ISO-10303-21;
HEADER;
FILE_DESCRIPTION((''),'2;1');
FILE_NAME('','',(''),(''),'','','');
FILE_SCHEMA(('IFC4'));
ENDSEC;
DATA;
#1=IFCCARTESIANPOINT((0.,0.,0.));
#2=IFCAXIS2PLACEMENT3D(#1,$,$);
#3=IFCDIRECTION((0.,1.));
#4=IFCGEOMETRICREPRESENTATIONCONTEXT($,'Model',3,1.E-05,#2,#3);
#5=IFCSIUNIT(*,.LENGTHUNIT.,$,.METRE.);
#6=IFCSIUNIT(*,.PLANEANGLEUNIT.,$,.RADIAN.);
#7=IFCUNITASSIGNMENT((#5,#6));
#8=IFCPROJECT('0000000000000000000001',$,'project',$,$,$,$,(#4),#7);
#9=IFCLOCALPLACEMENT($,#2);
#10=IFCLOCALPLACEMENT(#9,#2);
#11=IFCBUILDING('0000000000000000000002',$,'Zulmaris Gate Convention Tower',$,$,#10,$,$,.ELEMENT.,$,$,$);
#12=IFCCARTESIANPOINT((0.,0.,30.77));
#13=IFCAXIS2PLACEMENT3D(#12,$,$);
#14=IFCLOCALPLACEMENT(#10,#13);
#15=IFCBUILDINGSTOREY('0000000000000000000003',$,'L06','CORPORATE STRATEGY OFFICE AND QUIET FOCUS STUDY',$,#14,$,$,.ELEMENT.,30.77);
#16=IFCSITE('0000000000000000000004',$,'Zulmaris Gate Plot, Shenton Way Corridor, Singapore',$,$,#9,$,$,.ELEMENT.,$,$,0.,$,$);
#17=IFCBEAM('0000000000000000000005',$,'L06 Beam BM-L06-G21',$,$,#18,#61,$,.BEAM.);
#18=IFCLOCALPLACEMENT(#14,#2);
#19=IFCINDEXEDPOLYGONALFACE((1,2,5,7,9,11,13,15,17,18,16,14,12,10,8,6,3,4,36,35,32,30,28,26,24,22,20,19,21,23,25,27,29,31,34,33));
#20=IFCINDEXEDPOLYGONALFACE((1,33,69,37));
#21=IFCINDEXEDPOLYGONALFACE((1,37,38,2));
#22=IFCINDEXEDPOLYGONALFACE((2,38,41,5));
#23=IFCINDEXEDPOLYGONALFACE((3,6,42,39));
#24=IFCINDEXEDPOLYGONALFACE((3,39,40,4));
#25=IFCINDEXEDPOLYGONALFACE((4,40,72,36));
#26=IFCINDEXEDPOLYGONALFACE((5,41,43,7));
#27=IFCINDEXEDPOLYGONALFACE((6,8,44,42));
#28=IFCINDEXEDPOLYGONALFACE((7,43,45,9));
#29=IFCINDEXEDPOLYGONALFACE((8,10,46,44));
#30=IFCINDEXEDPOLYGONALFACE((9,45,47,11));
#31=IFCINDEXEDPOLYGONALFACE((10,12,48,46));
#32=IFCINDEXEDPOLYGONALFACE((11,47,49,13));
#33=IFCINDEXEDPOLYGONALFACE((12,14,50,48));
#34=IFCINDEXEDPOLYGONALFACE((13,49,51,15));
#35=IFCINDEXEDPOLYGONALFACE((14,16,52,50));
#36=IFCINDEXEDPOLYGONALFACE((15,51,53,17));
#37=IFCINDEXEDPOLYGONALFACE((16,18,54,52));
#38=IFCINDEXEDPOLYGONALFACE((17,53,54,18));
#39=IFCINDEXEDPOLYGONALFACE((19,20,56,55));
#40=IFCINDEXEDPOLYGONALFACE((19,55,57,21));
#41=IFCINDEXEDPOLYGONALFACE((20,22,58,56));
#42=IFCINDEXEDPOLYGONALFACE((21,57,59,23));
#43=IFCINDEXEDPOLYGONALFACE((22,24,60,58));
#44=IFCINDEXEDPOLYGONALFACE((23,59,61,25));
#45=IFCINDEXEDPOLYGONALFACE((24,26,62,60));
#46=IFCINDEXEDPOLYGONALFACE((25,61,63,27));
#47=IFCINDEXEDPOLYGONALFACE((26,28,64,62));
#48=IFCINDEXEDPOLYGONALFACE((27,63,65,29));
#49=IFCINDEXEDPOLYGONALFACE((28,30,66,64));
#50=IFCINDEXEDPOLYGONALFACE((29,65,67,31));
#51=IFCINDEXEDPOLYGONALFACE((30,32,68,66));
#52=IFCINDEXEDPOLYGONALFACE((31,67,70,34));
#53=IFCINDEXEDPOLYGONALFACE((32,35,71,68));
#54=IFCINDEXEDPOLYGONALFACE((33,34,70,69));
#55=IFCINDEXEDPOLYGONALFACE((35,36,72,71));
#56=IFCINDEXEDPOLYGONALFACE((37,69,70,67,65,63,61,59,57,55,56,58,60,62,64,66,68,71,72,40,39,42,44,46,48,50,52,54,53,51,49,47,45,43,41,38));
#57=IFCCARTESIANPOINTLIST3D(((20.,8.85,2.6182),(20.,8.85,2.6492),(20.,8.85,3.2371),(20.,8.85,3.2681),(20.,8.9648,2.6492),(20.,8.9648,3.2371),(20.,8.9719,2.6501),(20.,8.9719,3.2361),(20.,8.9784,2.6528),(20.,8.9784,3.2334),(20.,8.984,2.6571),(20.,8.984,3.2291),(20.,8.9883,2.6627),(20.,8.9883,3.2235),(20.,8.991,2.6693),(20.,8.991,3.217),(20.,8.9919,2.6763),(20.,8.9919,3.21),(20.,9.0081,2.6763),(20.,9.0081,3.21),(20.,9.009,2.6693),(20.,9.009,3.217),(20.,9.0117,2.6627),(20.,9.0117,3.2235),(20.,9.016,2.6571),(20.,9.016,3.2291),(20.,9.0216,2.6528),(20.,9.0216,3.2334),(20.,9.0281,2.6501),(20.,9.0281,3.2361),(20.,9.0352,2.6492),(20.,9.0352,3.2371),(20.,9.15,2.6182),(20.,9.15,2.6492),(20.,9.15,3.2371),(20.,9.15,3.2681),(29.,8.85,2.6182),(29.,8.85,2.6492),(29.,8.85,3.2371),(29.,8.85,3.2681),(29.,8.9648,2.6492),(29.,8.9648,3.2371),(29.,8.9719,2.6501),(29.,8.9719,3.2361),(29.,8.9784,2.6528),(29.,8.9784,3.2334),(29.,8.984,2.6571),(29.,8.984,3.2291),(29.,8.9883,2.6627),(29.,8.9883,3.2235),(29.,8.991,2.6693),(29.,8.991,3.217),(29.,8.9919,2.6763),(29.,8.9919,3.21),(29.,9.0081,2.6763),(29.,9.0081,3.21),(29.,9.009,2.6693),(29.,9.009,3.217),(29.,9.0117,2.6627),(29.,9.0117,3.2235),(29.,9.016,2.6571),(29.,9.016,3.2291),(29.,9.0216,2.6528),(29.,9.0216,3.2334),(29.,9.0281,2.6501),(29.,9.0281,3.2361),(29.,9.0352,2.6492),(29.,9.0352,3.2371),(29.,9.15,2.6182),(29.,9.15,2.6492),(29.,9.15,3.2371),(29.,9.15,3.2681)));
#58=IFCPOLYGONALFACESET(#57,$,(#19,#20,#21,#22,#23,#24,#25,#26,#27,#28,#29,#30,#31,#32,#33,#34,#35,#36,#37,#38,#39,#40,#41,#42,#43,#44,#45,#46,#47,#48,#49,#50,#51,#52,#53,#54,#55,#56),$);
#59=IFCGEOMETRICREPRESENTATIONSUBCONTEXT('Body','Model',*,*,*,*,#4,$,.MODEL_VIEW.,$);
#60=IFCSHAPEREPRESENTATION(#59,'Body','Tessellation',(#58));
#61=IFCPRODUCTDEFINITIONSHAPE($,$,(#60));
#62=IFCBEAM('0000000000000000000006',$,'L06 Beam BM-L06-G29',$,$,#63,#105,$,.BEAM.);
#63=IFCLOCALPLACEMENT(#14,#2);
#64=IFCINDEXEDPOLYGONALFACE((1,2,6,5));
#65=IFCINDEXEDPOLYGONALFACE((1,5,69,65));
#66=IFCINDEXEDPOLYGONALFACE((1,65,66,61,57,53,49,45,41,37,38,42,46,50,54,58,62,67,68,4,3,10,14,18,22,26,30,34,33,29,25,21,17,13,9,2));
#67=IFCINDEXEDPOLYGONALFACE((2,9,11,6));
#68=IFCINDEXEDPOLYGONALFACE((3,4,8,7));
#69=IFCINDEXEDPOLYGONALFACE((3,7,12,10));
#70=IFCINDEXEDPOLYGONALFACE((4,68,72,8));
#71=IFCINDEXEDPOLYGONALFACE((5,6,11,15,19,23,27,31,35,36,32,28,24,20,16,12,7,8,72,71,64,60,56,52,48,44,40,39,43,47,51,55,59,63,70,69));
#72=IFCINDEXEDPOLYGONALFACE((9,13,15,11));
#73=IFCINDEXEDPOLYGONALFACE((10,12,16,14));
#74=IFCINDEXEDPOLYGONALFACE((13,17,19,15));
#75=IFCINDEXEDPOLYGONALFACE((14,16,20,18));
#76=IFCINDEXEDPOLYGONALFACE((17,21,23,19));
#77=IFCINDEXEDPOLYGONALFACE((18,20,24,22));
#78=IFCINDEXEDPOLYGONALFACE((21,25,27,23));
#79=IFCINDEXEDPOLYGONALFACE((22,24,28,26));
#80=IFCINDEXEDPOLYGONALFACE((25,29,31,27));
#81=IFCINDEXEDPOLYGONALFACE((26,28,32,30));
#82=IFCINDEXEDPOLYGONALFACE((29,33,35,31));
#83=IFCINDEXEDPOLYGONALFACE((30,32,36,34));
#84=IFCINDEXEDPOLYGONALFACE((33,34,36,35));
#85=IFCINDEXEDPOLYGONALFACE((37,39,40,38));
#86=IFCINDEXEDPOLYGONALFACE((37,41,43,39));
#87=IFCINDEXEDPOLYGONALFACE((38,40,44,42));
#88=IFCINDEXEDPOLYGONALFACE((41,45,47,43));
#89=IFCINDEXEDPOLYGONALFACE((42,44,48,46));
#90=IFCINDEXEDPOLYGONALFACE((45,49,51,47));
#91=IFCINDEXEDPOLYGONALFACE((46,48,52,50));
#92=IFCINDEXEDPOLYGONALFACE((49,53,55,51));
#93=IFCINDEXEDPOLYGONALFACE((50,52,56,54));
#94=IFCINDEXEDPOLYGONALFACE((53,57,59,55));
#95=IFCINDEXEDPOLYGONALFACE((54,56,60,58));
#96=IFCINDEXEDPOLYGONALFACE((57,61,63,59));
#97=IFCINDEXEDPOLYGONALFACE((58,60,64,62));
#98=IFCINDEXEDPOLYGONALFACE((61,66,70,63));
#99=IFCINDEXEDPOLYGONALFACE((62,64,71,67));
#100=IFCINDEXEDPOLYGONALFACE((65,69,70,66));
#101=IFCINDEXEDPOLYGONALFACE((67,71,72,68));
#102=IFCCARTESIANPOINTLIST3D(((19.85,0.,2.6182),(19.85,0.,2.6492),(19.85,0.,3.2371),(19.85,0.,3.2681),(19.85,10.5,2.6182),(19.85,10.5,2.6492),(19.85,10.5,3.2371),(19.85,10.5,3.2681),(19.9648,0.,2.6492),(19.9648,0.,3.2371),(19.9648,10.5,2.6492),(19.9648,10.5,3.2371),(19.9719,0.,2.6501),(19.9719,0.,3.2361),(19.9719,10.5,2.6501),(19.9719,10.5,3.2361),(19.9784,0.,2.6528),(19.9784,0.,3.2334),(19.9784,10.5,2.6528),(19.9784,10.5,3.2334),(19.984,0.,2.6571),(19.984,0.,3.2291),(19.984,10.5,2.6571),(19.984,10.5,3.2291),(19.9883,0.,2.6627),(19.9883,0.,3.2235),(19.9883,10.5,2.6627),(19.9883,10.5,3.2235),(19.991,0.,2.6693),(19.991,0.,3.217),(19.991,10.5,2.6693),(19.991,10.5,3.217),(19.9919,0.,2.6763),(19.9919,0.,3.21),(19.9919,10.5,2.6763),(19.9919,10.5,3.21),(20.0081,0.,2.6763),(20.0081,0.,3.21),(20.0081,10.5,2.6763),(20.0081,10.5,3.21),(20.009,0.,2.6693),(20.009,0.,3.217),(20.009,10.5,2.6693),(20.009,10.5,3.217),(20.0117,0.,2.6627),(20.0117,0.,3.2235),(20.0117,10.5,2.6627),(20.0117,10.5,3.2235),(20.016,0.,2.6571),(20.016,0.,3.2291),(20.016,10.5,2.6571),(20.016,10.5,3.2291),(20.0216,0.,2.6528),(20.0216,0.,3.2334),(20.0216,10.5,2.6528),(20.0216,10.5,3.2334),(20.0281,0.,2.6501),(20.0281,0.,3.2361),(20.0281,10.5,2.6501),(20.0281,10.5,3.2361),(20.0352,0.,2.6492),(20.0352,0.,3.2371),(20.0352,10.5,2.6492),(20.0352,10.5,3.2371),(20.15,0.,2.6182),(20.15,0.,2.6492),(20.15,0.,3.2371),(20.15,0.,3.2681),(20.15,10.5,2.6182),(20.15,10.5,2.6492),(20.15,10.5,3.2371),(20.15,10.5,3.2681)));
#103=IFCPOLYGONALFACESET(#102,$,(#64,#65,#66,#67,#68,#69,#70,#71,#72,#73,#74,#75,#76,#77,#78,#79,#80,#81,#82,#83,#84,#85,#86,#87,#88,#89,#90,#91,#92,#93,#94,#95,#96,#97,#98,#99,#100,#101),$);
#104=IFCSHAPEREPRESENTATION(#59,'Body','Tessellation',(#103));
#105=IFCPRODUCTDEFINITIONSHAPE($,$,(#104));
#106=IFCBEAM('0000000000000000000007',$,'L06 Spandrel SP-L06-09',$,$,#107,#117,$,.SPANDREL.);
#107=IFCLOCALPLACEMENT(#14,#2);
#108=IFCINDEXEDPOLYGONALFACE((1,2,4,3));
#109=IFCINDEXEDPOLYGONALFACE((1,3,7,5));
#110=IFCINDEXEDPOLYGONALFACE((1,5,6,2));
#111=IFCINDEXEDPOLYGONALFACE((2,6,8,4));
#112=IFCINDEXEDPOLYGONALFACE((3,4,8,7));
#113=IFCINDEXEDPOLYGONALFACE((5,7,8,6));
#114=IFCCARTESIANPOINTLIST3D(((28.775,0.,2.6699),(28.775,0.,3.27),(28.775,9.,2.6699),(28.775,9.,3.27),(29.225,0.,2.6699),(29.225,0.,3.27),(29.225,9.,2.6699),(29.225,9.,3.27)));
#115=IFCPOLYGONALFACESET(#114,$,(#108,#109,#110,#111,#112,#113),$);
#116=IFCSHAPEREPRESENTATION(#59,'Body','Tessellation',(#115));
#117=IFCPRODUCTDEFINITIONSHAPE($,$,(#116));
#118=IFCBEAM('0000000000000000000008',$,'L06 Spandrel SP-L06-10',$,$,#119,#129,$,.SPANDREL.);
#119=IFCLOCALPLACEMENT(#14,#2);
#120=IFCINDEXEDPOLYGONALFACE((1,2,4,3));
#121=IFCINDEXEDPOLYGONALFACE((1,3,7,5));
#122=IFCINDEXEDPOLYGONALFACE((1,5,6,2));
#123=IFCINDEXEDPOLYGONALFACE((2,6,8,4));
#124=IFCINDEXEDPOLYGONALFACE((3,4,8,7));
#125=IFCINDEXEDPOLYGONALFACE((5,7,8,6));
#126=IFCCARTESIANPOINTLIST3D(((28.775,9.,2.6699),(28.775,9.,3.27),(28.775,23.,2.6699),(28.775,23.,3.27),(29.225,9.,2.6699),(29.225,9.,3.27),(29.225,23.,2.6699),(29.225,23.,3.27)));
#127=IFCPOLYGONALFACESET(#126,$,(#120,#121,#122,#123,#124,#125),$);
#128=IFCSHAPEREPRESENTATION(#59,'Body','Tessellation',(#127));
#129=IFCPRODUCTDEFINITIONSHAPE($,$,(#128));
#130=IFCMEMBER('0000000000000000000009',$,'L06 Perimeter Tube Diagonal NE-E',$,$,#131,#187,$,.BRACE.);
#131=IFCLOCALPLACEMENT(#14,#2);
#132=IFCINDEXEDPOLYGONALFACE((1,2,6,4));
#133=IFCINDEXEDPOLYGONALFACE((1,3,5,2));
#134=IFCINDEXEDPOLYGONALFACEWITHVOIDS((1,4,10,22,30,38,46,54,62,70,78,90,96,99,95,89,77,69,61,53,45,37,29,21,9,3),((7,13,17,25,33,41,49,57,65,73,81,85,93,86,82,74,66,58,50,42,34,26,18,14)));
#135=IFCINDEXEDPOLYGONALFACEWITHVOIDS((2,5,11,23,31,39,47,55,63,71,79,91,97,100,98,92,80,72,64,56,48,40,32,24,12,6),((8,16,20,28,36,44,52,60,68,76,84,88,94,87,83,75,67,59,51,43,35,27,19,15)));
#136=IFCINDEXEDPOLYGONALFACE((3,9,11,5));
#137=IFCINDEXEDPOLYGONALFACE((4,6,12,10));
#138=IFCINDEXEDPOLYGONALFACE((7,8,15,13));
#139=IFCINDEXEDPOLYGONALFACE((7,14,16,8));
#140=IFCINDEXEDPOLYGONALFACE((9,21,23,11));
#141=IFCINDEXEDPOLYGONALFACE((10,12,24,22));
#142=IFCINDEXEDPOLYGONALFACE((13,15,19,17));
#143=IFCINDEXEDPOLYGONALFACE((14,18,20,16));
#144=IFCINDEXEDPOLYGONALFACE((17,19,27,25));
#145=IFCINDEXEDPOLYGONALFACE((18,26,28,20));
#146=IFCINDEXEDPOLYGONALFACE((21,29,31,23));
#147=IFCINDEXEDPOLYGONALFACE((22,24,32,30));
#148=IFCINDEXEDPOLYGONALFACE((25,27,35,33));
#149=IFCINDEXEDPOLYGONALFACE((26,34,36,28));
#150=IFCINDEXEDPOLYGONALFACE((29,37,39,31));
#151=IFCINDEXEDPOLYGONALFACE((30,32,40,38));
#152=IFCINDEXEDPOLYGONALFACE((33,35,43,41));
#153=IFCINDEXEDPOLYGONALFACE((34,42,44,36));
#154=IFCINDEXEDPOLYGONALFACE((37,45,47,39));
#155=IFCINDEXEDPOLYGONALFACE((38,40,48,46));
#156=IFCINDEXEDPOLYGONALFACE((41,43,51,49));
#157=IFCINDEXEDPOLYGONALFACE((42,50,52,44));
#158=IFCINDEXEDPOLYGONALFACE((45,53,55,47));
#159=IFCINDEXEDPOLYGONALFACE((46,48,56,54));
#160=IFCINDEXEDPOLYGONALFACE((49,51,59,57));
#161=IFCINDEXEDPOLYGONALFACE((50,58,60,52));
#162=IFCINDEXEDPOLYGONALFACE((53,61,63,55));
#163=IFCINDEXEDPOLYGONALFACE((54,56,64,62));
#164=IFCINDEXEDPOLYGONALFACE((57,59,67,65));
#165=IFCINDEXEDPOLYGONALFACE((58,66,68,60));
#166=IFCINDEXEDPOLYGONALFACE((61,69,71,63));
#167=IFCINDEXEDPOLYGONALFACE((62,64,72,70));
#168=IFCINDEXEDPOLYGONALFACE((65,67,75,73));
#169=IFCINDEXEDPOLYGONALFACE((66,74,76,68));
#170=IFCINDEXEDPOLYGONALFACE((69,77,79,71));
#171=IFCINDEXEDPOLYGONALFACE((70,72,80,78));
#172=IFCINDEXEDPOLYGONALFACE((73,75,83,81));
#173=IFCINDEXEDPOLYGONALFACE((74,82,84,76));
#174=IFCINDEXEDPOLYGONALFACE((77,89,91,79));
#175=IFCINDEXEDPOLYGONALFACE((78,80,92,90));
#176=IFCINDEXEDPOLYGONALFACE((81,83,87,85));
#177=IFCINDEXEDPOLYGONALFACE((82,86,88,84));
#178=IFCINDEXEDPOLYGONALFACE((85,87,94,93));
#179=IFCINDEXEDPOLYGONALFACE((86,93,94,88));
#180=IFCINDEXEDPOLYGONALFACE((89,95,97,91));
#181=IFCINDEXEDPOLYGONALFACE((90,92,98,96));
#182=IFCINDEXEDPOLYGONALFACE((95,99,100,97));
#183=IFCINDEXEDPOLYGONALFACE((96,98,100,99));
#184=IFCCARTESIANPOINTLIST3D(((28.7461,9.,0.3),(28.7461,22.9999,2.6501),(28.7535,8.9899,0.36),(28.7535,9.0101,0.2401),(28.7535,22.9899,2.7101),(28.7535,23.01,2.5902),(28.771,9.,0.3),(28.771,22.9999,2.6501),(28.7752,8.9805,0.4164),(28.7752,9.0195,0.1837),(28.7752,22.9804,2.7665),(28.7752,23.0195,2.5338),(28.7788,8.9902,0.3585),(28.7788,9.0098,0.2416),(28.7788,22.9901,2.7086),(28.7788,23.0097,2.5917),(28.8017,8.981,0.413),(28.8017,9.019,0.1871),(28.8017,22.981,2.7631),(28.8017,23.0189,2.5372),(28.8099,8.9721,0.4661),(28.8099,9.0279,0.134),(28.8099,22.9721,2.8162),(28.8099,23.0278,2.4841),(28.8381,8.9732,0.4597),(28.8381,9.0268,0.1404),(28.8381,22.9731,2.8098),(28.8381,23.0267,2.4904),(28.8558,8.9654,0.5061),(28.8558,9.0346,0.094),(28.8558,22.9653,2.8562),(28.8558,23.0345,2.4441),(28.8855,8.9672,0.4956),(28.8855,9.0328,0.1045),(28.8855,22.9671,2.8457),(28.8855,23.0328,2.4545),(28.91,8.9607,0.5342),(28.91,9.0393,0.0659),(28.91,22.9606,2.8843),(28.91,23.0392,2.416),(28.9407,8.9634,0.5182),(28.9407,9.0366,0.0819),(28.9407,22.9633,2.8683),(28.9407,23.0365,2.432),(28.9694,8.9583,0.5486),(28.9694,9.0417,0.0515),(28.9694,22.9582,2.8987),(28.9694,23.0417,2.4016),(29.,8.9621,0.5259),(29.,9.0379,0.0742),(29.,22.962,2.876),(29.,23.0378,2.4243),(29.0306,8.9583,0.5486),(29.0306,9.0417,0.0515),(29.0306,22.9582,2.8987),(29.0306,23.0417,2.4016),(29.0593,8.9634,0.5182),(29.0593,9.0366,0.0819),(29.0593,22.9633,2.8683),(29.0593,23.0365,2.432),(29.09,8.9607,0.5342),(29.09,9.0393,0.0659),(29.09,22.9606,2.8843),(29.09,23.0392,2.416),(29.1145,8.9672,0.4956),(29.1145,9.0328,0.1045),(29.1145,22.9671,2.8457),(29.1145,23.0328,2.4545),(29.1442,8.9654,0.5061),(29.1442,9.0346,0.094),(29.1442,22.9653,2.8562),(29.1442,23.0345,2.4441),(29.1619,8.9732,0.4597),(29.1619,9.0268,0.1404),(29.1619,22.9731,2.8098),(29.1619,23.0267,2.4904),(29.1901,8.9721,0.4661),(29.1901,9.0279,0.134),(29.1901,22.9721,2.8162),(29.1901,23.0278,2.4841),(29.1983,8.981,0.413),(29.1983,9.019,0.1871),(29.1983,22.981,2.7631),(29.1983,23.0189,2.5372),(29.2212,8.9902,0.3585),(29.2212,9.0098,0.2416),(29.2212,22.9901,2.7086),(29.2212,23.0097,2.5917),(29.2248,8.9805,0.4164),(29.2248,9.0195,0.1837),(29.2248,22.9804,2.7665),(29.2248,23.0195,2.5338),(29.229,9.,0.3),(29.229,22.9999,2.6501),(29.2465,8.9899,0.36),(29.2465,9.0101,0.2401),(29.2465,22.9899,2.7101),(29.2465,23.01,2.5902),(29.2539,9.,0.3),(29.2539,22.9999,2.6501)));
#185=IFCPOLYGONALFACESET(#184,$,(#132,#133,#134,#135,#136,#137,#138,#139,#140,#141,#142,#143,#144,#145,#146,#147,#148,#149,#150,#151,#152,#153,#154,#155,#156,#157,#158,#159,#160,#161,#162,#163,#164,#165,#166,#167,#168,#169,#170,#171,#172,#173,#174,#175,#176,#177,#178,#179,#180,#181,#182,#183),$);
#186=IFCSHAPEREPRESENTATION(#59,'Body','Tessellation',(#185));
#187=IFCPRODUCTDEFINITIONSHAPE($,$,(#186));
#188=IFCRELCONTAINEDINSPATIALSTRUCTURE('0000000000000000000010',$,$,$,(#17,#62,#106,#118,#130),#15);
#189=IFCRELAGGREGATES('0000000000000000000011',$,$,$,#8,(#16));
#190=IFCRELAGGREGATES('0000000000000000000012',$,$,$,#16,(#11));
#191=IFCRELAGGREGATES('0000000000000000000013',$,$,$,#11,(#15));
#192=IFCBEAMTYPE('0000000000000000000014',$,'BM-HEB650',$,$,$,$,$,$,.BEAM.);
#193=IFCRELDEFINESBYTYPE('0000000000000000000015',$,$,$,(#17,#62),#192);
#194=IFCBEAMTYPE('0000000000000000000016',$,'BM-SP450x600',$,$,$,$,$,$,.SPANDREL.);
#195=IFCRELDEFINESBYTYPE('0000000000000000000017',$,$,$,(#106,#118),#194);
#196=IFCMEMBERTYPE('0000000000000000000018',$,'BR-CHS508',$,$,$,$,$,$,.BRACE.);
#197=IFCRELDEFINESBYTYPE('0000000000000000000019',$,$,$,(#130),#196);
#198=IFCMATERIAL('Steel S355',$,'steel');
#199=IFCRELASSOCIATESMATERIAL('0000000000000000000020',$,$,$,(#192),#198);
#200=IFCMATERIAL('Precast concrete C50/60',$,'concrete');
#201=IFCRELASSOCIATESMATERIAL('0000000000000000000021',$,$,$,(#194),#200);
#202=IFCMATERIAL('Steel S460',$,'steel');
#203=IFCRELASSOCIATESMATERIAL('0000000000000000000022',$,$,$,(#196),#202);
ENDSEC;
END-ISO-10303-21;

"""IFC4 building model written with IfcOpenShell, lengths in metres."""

from ifc_helpers import new_model, si_unit, direction, frame, origin, origin_2d, place, context, subcontext, project, spatial, rectangle, hollow_circle, i_section, extrude, material, material_profile, profile_set, type_object, element, save


model = new_model("IFC4")

# Units and contexts
model_context = context("Model", 3, precision=1e-05, world=origin(), true_north=direction((0.0, 1.0)))
body_context = subcontext(model_context, "Body", "Model", "MODEL_VIEW")
ifc_project = project(units=[si_unit("LENGTHUNIT", "METRE"), si_unit("PLANEANGLEUNIT", "RADIAN")], contexts=[model_context])

# Site, building, storey
site_placement = place(None, origin())
site = spatial("IfcSite", under=ifc_project, at=site_placement, Name="Zulmaris Gate Plot, Shenton Way Corridor, Singapore", CompositionType="ELEMENT", RefElevation=0.0)
building_placement = place(site_placement, origin())
building = spatial("IfcBuilding", under=site, at=building_placement, Name="Zulmaris Gate Convention Tower", CompositionType="ELEMENT")
storey_placement = place(building_placement, frame((0.0, 0.0, 30.77)))
storey = spatial("IfcBuildingStorey", under=building, at=storey_placement, Name="L06", Description="CORPORATE STRATEGY OFFICE AND QUIET FOCUS STUDY", CompositionType="ELEMENT", Elevation=30.77)

# Beams
ifc_material_1 = material(Name="Steel S355", Category="steel")
ifc_material_profile_1 = material_profile(ifc_material_1, i_section(OverallWidth=0.3, OverallDepth=0.6499, WebThickness=0.0161, FlangeThickness=0.031, FilletRadius=0.0271, at=origin_2d()), Name="HEB 650")
ifc_profile_set_1 = profile_set([ifc_material_profile_1], Name="Steel S355")
beam_type_1 = type_object("IfcBeamType", Name="BM-HEB650", PredefinedType="BEAM", material=ifc_profile_set_1)
for number, where, z_axis, x_axis, name in (
    (1, (20.0, 9.0, 2.9431), (1.0, 0.0, 0.0), (0.0, 1.0, 0.0), "L06 Beam BM-L06-G21"),
):
    element("IfcBeam", number, at=place(storey_placement, frame(where, z_axis=z_axis, x_axis=x_axis)), inside=storey, type_object=beam_type_1, Name=name, PredefinedType="BEAM", context=body_context, shape_type="SweptSolid", body=[
        extrude(i_section(OverallWidth=0.3, OverallDepth=0.6499, WebThickness=0.0161, FlangeThickness=0.031, FilletRadius=0.0271, at=origin_2d()), origin(), (0.0, 0.0, 1.0), 9.0),
    ])
beam_1_placement = place(storey_placement, frame((20.0, 0.0, 2.9431), z_axis=(0.0, 1.0, 0.0), x_axis=(-1.0, 0.0, 0.0)))
element("IfcBeam", 2, at=beam_1_placement, inside=storey, type_object=beam_type_1, Name="L06 Beam BM-L06-G29", PredefinedType="BEAM", context=body_context, shape_type="SweptSolid", body=[
    extrude(i_section(OverallWidth=0.3, OverallDepth=0.6499, WebThickness=0.0161, FlangeThickness=0.031, FilletRadius=0.0271, at=origin_2d()), origin(), (0.0, 0.0, 1.0), 10.5),
])
ifc_material_2 = material(Name="Precast concrete C50/60", Category="concrete")
ifc_material_profile_2 = material_profile(ifc_material_2, rectangle(XDim=0.45, YDim=0.6001, at=origin_2d()), Name="RC SPANDREL 450x600")
ifc_profile_set_2 = profile_set([ifc_material_profile_2], Name="Precast concrete C50/60")
beam_type_2 = type_object("IfcBeamType", Name="BM-SP450x600", PredefinedType="SPANDREL", material=ifc_profile_set_2)
beam_2_placement = place(storey_placement, frame((29.0, 0.0, 2.97), z_axis=(0.0, 1.0, 0.0), x_axis=(-1.0, 0.0, 0.0)))
element("IfcBeam", 3, at=beam_2_placement, inside=storey, type_object=beam_type_2, Name="L06 Spandrel SP-L06-09", PredefinedType="SPANDREL", context=body_context, shape_type="SweptSolid", body=[
    extrude(rectangle(XDim=0.45, YDim=0.6001, at=origin_2d()), origin(), (0.0, 0.0, 1.0), 9.0),
])
beam_3_placement = place(storey_placement, frame((29.0, 9.0, 2.97), z_axis=(0.0, 1.0, 0.0), x_axis=(-1.0, 0.0, 0.0)))
element("IfcBeam", 4, at=beam_3_placement, inside=storey, type_object=beam_type_2, Name="L06 Spandrel SP-L06-10", PredefinedType="SPANDREL", context=body_context, shape_type="SweptSolid", body=[
    extrude(rectangle(XDim=0.45, YDim=0.6001, at=origin_2d()), origin(), (0.0, 0.0, 1.0), 14.0),
])

# Member
ifc_material_3 = material(Name="Steel S460", Category="steel")
ifc_material_profile_3 = material_profile(ifc_material_3, hollow_circle(Radius=0.2539, WallThickness=0.0249, at=origin_2d()), Name="CHS 508x25")
ifc_profile_set_3 = profile_set([ifc_material_profile_3], Name="Steel S460")
member_type = type_object("IfcMemberType", Name="BR-CHS508", PredefinedType="BRACE", material=ifc_profile_set_3)
member_placement = place(storey_placement, frame((29.0, 9.0, 0.3), z_axis=(0.0, 0.986202, 0.165548), x_axis=(-1.0, 0.0, 0.0)))
element("IfcMember", 5, at=member_placement, inside=storey, type_object=member_type, Name="L06 Perimeter Tube Diagonal NE-E", PredefinedType="BRACE", context=body_context, shape_type="SweptSolid", body=[
    extrude(hollow_circle(Radius=0.2539, WallThickness=0.0249, at=origin_2d()), origin(), (0.0, 0.0, 1.0), 14.1958),
])

save(model, "model.ifc")
